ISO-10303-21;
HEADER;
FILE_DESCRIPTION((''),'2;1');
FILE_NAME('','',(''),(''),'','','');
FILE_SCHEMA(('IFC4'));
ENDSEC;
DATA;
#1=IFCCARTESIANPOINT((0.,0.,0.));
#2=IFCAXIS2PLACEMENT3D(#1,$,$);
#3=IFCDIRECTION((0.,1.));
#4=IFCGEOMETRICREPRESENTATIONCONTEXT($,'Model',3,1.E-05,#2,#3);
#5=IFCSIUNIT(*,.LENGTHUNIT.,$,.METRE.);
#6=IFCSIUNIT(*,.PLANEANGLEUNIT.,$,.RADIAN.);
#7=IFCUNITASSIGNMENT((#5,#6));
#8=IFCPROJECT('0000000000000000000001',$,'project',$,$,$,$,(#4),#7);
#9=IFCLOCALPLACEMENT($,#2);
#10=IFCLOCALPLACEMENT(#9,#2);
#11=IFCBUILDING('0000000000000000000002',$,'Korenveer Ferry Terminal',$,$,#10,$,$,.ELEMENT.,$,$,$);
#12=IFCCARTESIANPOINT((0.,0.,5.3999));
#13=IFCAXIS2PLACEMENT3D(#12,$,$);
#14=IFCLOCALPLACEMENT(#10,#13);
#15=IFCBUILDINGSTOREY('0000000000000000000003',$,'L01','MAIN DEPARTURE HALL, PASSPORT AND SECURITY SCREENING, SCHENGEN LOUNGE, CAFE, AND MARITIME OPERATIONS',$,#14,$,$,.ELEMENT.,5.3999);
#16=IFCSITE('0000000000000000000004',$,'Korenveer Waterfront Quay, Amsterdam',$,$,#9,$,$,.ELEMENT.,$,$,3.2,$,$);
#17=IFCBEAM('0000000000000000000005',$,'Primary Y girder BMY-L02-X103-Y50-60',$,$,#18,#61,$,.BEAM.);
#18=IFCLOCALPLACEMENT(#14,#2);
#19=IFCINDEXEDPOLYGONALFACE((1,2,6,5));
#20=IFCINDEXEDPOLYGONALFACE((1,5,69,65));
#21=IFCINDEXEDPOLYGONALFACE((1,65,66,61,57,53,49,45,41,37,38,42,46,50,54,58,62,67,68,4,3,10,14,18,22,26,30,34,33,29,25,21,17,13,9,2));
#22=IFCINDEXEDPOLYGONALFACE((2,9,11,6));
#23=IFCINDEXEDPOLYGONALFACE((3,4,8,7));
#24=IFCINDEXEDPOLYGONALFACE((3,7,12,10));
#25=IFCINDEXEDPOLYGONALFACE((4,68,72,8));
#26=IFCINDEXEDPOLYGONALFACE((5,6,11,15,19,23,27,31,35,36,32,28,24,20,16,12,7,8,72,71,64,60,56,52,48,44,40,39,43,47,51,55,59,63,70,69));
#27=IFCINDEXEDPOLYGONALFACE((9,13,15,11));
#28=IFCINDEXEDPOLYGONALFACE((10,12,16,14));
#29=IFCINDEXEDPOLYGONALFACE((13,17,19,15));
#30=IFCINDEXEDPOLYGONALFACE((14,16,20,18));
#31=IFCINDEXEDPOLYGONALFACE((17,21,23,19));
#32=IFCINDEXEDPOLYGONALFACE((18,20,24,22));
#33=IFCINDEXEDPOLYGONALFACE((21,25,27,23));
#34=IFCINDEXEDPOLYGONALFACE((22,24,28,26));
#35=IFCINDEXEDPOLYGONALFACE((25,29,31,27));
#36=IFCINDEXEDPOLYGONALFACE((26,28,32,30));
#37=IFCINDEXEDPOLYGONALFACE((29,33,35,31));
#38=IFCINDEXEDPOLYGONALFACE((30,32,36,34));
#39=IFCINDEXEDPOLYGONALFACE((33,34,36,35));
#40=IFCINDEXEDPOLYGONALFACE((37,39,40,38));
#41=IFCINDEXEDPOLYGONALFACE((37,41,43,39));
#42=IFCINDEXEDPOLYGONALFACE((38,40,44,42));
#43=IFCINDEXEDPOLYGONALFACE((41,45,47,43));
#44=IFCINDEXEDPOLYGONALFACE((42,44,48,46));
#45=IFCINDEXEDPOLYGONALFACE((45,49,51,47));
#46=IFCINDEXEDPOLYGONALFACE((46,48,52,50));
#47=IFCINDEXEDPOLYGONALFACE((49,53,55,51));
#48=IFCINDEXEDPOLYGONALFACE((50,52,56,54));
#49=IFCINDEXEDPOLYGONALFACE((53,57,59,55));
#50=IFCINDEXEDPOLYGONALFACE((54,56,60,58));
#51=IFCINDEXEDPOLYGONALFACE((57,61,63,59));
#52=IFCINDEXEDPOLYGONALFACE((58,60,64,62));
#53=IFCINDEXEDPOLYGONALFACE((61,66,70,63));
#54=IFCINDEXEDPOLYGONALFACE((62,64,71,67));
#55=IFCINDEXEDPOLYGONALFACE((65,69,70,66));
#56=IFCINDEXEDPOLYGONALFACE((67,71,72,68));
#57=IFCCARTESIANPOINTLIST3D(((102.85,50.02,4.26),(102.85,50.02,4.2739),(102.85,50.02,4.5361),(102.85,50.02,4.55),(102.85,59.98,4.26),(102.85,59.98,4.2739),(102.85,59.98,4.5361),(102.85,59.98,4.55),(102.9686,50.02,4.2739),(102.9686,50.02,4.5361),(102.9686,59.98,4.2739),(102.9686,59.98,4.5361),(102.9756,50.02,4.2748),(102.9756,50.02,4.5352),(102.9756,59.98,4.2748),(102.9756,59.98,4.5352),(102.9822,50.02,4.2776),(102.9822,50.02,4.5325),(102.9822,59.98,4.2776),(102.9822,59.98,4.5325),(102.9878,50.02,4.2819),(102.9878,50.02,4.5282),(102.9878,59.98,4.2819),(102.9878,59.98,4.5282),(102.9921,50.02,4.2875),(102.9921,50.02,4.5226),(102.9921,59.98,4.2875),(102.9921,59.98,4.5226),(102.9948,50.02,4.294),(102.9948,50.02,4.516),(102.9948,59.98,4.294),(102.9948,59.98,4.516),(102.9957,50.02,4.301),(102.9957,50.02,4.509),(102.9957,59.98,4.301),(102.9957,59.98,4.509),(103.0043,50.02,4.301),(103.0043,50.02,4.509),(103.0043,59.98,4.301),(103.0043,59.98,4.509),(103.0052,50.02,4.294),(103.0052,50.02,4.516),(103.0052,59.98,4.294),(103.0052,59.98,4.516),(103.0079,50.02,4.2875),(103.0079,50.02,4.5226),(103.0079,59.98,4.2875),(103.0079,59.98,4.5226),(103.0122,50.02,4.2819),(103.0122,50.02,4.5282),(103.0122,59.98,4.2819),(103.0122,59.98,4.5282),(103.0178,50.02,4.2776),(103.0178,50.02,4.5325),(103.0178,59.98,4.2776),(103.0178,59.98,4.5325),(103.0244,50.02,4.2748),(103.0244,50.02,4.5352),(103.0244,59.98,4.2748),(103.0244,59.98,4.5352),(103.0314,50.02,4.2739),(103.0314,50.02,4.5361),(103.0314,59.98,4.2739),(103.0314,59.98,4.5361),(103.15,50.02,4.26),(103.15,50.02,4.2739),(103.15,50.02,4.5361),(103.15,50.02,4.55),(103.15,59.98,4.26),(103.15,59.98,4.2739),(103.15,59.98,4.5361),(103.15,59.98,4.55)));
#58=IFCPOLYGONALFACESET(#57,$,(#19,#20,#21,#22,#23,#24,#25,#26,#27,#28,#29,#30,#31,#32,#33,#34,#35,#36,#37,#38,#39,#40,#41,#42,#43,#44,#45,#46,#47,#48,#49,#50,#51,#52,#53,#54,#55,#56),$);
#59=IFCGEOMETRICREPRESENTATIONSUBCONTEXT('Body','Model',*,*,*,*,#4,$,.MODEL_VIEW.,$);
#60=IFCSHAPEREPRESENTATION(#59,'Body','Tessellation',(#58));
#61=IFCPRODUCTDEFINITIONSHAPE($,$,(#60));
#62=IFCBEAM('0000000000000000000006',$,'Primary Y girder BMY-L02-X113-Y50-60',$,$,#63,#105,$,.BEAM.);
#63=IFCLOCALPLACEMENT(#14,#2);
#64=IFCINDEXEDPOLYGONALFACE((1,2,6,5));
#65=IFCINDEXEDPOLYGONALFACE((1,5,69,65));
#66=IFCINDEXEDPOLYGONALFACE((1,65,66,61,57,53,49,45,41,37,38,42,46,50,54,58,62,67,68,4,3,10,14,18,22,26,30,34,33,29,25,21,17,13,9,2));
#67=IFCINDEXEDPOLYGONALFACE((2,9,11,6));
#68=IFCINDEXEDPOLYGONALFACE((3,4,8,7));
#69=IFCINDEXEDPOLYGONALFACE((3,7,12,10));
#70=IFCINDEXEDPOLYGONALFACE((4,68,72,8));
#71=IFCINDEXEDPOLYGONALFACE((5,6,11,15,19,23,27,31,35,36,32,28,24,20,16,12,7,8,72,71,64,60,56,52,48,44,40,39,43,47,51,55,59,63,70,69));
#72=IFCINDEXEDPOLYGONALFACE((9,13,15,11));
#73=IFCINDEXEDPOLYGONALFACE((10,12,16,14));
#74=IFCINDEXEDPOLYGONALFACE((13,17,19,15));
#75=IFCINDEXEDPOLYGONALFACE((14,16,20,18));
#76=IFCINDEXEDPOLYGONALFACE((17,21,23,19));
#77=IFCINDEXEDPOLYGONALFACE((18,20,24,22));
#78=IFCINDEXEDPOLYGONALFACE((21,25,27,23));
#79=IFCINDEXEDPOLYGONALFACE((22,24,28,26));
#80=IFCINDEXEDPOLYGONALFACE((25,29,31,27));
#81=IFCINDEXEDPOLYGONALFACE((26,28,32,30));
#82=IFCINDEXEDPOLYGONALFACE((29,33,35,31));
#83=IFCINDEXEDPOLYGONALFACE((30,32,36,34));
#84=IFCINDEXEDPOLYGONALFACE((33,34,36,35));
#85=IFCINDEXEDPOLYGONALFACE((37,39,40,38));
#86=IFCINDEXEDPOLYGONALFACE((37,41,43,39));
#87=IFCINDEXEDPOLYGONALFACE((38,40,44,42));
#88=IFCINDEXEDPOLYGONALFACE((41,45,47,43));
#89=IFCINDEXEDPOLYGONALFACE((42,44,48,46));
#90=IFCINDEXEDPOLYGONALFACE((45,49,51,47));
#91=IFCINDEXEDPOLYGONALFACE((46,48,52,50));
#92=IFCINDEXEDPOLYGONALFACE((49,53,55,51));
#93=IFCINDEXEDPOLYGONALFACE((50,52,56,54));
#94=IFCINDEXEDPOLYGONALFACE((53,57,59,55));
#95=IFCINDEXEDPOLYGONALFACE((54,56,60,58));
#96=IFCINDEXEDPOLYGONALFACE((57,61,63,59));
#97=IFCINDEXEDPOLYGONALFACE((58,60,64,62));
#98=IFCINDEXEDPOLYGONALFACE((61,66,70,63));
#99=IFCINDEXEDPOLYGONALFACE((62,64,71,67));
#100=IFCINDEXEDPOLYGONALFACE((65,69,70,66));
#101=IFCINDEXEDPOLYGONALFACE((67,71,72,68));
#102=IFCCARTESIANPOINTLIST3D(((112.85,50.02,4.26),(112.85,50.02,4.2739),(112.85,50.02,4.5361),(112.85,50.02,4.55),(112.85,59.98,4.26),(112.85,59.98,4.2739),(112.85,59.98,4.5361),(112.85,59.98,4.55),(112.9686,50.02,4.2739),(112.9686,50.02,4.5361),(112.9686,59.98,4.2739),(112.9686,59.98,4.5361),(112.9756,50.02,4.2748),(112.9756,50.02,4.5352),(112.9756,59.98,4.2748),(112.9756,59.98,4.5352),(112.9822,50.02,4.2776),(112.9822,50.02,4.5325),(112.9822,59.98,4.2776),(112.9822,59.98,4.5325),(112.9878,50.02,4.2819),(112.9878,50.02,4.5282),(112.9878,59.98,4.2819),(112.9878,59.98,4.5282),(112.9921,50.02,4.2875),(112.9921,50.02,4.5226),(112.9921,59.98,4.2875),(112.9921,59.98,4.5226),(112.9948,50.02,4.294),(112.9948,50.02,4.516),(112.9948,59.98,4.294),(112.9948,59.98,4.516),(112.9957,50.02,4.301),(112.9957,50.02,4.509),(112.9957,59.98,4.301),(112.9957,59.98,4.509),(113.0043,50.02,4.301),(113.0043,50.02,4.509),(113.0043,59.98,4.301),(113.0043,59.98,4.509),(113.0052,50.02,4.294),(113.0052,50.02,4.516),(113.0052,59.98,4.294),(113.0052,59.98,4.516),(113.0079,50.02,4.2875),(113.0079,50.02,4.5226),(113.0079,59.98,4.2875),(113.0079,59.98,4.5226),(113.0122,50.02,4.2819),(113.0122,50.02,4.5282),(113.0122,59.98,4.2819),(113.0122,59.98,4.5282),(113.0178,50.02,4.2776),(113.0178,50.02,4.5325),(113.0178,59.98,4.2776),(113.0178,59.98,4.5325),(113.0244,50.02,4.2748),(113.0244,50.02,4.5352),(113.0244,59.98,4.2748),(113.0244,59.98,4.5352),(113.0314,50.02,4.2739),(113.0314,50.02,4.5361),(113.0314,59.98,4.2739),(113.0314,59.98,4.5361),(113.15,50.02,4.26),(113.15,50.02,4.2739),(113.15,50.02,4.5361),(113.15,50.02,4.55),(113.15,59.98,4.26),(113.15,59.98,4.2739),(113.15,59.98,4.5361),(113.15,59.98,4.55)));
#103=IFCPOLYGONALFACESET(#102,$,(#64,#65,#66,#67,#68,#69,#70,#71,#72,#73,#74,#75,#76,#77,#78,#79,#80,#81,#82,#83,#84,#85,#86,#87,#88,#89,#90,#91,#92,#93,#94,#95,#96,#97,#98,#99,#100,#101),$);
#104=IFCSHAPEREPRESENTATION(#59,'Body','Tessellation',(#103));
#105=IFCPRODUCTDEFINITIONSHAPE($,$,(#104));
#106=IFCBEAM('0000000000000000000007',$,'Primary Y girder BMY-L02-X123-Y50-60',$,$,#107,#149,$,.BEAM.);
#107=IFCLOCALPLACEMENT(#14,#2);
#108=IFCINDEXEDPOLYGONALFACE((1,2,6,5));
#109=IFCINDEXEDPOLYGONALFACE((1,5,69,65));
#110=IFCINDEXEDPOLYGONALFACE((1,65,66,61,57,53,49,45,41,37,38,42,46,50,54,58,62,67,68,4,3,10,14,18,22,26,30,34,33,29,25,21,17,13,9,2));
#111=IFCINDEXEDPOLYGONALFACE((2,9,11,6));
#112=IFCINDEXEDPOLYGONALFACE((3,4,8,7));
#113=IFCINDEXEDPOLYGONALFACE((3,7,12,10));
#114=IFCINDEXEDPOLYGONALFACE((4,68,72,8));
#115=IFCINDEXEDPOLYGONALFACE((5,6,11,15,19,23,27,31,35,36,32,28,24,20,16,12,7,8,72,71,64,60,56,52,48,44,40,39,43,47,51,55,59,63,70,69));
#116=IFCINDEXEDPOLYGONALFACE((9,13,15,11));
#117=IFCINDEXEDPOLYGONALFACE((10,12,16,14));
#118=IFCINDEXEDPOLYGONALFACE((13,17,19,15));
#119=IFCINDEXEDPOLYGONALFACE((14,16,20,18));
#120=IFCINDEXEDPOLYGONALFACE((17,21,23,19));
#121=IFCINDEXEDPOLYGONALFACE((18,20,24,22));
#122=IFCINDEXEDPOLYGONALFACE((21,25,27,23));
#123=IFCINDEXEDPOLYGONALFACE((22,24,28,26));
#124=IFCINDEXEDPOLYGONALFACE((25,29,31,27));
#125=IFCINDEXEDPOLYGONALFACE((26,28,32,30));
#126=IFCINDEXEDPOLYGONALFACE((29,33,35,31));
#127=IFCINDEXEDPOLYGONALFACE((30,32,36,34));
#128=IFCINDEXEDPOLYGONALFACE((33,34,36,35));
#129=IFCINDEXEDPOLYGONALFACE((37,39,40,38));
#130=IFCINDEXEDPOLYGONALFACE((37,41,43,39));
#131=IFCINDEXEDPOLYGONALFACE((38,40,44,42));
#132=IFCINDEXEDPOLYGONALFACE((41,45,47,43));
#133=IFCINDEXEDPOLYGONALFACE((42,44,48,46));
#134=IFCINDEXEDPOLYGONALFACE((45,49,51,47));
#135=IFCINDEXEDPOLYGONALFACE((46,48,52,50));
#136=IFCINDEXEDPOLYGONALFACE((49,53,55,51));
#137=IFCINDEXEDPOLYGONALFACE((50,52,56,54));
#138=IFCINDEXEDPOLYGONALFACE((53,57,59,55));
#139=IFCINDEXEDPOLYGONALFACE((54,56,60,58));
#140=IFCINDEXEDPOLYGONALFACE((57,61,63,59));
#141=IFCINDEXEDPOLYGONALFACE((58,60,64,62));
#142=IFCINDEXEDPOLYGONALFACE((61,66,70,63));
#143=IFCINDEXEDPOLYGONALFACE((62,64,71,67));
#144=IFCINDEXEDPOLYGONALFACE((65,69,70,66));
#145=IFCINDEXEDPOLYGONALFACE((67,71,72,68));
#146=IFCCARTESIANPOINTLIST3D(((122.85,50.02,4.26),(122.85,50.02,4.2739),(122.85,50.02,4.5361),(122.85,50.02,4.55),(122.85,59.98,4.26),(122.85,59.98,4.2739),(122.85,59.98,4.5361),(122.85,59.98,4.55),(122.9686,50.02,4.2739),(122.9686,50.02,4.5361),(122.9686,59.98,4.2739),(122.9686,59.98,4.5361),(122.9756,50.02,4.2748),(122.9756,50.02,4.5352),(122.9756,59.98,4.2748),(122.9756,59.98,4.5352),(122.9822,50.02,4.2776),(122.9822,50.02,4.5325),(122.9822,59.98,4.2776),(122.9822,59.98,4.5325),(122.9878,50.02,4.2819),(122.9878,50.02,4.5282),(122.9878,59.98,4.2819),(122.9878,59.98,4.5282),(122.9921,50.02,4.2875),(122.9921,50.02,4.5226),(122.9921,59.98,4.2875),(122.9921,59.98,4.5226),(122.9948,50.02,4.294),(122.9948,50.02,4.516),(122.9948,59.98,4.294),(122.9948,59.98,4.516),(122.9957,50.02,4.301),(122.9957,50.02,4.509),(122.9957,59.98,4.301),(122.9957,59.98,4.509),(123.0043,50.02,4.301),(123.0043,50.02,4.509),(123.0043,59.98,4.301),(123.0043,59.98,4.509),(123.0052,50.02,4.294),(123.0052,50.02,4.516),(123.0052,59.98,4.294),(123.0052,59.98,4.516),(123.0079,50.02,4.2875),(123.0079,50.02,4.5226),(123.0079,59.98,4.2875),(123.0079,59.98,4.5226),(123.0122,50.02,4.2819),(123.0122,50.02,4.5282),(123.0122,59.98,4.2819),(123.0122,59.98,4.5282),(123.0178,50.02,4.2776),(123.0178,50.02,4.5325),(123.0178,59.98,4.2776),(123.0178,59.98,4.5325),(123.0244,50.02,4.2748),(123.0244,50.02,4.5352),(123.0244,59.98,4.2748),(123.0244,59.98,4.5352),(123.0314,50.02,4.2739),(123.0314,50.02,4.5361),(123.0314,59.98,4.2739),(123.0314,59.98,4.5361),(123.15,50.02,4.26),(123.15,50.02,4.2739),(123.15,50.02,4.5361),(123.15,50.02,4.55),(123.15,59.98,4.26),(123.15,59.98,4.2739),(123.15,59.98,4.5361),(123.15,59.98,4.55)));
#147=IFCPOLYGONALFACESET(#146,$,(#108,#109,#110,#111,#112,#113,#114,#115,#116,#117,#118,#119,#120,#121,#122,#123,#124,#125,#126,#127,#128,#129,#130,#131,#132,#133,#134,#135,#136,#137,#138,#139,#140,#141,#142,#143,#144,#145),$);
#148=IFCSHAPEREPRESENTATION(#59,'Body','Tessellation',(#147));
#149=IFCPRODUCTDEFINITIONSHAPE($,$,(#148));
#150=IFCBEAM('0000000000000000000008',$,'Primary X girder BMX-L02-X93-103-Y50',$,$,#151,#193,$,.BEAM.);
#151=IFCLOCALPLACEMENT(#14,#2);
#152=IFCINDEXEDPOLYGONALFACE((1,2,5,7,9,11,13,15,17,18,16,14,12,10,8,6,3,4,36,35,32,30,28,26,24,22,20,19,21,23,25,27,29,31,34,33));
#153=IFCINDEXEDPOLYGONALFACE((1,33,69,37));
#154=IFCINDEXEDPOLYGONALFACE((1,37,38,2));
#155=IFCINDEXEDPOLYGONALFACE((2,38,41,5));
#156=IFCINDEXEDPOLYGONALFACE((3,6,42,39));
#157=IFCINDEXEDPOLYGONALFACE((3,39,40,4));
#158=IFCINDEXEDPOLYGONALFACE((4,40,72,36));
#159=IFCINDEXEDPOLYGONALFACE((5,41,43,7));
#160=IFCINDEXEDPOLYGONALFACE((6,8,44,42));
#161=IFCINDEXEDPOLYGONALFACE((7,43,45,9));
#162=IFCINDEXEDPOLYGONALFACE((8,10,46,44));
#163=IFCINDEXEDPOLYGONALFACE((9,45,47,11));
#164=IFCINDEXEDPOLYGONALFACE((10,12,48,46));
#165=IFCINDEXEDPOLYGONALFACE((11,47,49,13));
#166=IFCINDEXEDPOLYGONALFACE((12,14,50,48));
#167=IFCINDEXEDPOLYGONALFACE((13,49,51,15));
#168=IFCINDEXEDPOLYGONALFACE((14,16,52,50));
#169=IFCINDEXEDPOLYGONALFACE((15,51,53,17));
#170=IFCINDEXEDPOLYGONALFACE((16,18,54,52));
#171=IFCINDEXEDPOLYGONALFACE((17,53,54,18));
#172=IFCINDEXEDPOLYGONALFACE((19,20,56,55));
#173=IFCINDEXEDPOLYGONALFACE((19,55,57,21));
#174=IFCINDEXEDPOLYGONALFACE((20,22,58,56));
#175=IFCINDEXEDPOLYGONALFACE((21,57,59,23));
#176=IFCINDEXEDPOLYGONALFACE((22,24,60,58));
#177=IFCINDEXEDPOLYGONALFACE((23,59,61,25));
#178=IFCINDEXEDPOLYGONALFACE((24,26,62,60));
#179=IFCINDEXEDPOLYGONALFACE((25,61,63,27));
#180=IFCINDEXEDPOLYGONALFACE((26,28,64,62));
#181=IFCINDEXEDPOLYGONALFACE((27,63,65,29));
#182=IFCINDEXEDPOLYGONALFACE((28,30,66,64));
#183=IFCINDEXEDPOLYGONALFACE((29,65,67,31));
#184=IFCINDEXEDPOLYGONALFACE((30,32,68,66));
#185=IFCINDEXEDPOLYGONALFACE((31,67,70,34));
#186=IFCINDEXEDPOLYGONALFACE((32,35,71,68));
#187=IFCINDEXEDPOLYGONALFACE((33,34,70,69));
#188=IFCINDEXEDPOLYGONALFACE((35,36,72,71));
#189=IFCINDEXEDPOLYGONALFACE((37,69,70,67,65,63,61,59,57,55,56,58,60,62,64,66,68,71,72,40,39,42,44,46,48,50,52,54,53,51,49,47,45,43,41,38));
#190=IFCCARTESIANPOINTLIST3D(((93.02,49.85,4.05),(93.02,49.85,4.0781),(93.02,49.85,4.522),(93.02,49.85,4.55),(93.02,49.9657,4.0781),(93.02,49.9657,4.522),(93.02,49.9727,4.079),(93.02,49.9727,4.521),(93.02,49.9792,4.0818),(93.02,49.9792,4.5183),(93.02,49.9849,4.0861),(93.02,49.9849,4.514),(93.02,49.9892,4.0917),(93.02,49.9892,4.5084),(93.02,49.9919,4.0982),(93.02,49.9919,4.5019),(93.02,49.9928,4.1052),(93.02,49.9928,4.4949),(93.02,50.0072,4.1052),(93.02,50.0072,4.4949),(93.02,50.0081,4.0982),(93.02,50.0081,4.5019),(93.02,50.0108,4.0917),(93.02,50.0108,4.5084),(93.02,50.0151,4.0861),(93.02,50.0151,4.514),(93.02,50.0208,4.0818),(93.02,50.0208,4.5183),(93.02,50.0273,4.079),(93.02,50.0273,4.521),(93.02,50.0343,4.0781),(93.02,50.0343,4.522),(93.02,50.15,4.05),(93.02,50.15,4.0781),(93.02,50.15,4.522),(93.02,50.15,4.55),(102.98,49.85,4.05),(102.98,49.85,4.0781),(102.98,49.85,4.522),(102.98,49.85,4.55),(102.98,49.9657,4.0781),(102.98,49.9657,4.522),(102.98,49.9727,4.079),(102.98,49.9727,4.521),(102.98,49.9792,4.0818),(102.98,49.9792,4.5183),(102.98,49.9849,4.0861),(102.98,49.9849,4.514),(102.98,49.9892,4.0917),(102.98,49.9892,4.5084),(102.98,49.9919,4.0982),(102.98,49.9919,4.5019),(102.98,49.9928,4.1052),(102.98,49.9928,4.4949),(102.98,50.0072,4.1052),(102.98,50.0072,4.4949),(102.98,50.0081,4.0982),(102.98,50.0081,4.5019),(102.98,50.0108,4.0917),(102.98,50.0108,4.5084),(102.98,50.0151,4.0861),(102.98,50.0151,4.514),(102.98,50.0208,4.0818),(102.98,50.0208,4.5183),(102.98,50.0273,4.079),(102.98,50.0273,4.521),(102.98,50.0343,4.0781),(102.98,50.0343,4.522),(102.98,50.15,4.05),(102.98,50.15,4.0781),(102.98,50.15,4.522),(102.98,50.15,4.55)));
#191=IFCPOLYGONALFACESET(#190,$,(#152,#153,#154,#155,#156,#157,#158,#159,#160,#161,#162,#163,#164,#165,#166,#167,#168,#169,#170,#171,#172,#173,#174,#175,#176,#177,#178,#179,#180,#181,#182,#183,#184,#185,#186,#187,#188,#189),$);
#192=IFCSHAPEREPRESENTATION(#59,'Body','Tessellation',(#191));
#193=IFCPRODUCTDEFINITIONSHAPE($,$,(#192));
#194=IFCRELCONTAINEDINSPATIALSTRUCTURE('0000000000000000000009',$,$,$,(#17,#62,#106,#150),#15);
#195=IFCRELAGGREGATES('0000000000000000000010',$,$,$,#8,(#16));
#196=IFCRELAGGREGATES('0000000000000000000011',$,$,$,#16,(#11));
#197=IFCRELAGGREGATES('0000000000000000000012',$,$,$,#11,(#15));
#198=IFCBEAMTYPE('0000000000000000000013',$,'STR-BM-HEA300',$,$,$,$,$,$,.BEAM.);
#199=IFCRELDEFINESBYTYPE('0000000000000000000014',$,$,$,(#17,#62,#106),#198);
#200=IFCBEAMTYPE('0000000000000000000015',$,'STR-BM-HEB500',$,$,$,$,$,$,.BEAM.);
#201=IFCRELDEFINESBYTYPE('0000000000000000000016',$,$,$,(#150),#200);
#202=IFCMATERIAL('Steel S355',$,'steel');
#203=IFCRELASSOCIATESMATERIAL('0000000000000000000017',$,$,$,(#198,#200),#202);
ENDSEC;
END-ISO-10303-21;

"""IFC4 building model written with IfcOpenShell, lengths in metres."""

from ifc_helpers import new_model, si_unit, direction, frame, origin, origin_2d, place, context, subcontext, project, spatial, i_section, extrude, material, material_profile, profile_set, type_object, element, save


model = new_model("IFC4")

# Units and contexts
model_context = context("Model", 3, precision=1e-05, world=origin(), true_north=direction((0.0, 1.0)))
body_context = subcontext(model_context, "Body", "Model", "MODEL_VIEW")
ifc_project = project(units=[si_unit("LENGTHUNIT", "METRE"), si_unit("PLANEANGLEUNIT", "RADIAN")], contexts=[model_context])

# Site, building, storey
site_placement = place(None, origin())
site = spatial("IfcSite", under=ifc_project, at=site_placement, Name="Korenveer Waterfront Quay, Amsterdam", CompositionType="ELEMENT", RefElevation=3.2)
building_placement = place(site_placement, origin())
building = spatial("IfcBuilding", under=site, at=building_placement, Name="Korenveer Ferry Terminal", CompositionType="ELEMENT")
storey_placement = place(building_placement, frame((0.0, 0.0, 5.3999)))
storey = spatial("IfcBuildingStorey", under=building, at=storey_placement, Name="L01", Description="MAIN DEPARTURE HALL, PASSPORT AND SECURITY SCREENING, SCHENGEN LOUNGE, CAFE, AND MARITIME OPERATIONS", CompositionType="ELEMENT", Elevation=5.3999)

# Shared definitions
ifc_material_1 = material(Name="Steel S355", Category="steel")

# Beams
ifc_material_profile_1 = material_profile(ifc_material_1, i_section(OverallWidth=0.3, OverallDepth=0.29, WebThickness=0.0085, FlangeThickness=0.0139, FilletRadius=0.0271, at=origin_2d()), Name="HEA 300")
ifc_profile_set_1 = profile_set([ifc_material_profile_1], Name="Steel S355")
beam_type_1 = type_object("IfcBeamType", Name="STR-BM-HEA300", PredefinedType="BEAM", material=ifc_profile_set_1)
for number, where, z_axis, x_axis, name in (
    (1, (103.0, 50.02, 4.405), (0.0, 1.0, 0.0), (-1.0, 0.0, 0.0), "Primary Y girder BMY-L02-X103-Y50-60"),
    (2, (113.0, 50.02, 4.405), (0.0, 1.0, 0.0), (-1.0, 0.0, 0.0), "Primary Y girder BMY-L02-X113-Y50-60"),
    (3, (123.0, 50.02, 4.405), (0.0, 1.0, 0.0), (-1.0, 0.0, 0.0), "Primary Y girder BMY-L02-X123-Y50-60"),
):
    element("IfcBeam", number, at=place(storey_placement, frame(where, z_axis=z_axis, x_axis=x_axis)), inside=storey, type_object=beam_type_1, Name=name, PredefinedType="BEAM", context=body_context, shape_type="SweptSolid", body=[
        extrude(i_section(OverallWidth=0.3, OverallDepth=0.29, WebThickness=0.0085, FlangeThickness=0.0139, FilletRadius=0.0271, at=origin_2d()), origin(), (0.0, 0.0, 1.0), 9.96),
    ])
ifc_material_profile_2 = material_profile(ifc_material_1, i_section(OverallWidth=0.3, OverallDepth=0.5, WebThickness=0.0144, FlangeThickness=0.0281, FilletRadius=0.0271, at=origin_2d()), Name="HEB 500")
ifc_profile_set_2 = profile_set([ifc_material_profile_2], Name="Steel S355")
beam_type_2 = type_object("IfcBeamType", Name="STR-BM-HEB500", PredefinedType="BEAM", material=ifc_profile_set_2)
for number, where, z_axis, x_axis, name in (
    (4, (93.02, 50.0, 4.3), (1.0, 0.0, 0.0), (0.0, 1.0, 0.0), "Primary X girder BMX-L02-X93-103-Y50"),
):
    element("IfcBeam", number, at=place(storey_placement, frame(where, z_axis=z_axis, x_axis=x_axis)), inside=storey, type_object=beam_type_2, Name=name, PredefinedType="BEAM", context=body_context, shape_type="SweptSolid", body=[
        extrude(i_section(OverallWidth=0.3, OverallDepth=0.5, WebThickness=0.0144, FlangeThickness=0.0281, FilletRadius=0.0271, at=origin_2d()), origin(), (0.0, 0.0, 1.0), 9.96),
    ])

save(model, "model.ifc")
